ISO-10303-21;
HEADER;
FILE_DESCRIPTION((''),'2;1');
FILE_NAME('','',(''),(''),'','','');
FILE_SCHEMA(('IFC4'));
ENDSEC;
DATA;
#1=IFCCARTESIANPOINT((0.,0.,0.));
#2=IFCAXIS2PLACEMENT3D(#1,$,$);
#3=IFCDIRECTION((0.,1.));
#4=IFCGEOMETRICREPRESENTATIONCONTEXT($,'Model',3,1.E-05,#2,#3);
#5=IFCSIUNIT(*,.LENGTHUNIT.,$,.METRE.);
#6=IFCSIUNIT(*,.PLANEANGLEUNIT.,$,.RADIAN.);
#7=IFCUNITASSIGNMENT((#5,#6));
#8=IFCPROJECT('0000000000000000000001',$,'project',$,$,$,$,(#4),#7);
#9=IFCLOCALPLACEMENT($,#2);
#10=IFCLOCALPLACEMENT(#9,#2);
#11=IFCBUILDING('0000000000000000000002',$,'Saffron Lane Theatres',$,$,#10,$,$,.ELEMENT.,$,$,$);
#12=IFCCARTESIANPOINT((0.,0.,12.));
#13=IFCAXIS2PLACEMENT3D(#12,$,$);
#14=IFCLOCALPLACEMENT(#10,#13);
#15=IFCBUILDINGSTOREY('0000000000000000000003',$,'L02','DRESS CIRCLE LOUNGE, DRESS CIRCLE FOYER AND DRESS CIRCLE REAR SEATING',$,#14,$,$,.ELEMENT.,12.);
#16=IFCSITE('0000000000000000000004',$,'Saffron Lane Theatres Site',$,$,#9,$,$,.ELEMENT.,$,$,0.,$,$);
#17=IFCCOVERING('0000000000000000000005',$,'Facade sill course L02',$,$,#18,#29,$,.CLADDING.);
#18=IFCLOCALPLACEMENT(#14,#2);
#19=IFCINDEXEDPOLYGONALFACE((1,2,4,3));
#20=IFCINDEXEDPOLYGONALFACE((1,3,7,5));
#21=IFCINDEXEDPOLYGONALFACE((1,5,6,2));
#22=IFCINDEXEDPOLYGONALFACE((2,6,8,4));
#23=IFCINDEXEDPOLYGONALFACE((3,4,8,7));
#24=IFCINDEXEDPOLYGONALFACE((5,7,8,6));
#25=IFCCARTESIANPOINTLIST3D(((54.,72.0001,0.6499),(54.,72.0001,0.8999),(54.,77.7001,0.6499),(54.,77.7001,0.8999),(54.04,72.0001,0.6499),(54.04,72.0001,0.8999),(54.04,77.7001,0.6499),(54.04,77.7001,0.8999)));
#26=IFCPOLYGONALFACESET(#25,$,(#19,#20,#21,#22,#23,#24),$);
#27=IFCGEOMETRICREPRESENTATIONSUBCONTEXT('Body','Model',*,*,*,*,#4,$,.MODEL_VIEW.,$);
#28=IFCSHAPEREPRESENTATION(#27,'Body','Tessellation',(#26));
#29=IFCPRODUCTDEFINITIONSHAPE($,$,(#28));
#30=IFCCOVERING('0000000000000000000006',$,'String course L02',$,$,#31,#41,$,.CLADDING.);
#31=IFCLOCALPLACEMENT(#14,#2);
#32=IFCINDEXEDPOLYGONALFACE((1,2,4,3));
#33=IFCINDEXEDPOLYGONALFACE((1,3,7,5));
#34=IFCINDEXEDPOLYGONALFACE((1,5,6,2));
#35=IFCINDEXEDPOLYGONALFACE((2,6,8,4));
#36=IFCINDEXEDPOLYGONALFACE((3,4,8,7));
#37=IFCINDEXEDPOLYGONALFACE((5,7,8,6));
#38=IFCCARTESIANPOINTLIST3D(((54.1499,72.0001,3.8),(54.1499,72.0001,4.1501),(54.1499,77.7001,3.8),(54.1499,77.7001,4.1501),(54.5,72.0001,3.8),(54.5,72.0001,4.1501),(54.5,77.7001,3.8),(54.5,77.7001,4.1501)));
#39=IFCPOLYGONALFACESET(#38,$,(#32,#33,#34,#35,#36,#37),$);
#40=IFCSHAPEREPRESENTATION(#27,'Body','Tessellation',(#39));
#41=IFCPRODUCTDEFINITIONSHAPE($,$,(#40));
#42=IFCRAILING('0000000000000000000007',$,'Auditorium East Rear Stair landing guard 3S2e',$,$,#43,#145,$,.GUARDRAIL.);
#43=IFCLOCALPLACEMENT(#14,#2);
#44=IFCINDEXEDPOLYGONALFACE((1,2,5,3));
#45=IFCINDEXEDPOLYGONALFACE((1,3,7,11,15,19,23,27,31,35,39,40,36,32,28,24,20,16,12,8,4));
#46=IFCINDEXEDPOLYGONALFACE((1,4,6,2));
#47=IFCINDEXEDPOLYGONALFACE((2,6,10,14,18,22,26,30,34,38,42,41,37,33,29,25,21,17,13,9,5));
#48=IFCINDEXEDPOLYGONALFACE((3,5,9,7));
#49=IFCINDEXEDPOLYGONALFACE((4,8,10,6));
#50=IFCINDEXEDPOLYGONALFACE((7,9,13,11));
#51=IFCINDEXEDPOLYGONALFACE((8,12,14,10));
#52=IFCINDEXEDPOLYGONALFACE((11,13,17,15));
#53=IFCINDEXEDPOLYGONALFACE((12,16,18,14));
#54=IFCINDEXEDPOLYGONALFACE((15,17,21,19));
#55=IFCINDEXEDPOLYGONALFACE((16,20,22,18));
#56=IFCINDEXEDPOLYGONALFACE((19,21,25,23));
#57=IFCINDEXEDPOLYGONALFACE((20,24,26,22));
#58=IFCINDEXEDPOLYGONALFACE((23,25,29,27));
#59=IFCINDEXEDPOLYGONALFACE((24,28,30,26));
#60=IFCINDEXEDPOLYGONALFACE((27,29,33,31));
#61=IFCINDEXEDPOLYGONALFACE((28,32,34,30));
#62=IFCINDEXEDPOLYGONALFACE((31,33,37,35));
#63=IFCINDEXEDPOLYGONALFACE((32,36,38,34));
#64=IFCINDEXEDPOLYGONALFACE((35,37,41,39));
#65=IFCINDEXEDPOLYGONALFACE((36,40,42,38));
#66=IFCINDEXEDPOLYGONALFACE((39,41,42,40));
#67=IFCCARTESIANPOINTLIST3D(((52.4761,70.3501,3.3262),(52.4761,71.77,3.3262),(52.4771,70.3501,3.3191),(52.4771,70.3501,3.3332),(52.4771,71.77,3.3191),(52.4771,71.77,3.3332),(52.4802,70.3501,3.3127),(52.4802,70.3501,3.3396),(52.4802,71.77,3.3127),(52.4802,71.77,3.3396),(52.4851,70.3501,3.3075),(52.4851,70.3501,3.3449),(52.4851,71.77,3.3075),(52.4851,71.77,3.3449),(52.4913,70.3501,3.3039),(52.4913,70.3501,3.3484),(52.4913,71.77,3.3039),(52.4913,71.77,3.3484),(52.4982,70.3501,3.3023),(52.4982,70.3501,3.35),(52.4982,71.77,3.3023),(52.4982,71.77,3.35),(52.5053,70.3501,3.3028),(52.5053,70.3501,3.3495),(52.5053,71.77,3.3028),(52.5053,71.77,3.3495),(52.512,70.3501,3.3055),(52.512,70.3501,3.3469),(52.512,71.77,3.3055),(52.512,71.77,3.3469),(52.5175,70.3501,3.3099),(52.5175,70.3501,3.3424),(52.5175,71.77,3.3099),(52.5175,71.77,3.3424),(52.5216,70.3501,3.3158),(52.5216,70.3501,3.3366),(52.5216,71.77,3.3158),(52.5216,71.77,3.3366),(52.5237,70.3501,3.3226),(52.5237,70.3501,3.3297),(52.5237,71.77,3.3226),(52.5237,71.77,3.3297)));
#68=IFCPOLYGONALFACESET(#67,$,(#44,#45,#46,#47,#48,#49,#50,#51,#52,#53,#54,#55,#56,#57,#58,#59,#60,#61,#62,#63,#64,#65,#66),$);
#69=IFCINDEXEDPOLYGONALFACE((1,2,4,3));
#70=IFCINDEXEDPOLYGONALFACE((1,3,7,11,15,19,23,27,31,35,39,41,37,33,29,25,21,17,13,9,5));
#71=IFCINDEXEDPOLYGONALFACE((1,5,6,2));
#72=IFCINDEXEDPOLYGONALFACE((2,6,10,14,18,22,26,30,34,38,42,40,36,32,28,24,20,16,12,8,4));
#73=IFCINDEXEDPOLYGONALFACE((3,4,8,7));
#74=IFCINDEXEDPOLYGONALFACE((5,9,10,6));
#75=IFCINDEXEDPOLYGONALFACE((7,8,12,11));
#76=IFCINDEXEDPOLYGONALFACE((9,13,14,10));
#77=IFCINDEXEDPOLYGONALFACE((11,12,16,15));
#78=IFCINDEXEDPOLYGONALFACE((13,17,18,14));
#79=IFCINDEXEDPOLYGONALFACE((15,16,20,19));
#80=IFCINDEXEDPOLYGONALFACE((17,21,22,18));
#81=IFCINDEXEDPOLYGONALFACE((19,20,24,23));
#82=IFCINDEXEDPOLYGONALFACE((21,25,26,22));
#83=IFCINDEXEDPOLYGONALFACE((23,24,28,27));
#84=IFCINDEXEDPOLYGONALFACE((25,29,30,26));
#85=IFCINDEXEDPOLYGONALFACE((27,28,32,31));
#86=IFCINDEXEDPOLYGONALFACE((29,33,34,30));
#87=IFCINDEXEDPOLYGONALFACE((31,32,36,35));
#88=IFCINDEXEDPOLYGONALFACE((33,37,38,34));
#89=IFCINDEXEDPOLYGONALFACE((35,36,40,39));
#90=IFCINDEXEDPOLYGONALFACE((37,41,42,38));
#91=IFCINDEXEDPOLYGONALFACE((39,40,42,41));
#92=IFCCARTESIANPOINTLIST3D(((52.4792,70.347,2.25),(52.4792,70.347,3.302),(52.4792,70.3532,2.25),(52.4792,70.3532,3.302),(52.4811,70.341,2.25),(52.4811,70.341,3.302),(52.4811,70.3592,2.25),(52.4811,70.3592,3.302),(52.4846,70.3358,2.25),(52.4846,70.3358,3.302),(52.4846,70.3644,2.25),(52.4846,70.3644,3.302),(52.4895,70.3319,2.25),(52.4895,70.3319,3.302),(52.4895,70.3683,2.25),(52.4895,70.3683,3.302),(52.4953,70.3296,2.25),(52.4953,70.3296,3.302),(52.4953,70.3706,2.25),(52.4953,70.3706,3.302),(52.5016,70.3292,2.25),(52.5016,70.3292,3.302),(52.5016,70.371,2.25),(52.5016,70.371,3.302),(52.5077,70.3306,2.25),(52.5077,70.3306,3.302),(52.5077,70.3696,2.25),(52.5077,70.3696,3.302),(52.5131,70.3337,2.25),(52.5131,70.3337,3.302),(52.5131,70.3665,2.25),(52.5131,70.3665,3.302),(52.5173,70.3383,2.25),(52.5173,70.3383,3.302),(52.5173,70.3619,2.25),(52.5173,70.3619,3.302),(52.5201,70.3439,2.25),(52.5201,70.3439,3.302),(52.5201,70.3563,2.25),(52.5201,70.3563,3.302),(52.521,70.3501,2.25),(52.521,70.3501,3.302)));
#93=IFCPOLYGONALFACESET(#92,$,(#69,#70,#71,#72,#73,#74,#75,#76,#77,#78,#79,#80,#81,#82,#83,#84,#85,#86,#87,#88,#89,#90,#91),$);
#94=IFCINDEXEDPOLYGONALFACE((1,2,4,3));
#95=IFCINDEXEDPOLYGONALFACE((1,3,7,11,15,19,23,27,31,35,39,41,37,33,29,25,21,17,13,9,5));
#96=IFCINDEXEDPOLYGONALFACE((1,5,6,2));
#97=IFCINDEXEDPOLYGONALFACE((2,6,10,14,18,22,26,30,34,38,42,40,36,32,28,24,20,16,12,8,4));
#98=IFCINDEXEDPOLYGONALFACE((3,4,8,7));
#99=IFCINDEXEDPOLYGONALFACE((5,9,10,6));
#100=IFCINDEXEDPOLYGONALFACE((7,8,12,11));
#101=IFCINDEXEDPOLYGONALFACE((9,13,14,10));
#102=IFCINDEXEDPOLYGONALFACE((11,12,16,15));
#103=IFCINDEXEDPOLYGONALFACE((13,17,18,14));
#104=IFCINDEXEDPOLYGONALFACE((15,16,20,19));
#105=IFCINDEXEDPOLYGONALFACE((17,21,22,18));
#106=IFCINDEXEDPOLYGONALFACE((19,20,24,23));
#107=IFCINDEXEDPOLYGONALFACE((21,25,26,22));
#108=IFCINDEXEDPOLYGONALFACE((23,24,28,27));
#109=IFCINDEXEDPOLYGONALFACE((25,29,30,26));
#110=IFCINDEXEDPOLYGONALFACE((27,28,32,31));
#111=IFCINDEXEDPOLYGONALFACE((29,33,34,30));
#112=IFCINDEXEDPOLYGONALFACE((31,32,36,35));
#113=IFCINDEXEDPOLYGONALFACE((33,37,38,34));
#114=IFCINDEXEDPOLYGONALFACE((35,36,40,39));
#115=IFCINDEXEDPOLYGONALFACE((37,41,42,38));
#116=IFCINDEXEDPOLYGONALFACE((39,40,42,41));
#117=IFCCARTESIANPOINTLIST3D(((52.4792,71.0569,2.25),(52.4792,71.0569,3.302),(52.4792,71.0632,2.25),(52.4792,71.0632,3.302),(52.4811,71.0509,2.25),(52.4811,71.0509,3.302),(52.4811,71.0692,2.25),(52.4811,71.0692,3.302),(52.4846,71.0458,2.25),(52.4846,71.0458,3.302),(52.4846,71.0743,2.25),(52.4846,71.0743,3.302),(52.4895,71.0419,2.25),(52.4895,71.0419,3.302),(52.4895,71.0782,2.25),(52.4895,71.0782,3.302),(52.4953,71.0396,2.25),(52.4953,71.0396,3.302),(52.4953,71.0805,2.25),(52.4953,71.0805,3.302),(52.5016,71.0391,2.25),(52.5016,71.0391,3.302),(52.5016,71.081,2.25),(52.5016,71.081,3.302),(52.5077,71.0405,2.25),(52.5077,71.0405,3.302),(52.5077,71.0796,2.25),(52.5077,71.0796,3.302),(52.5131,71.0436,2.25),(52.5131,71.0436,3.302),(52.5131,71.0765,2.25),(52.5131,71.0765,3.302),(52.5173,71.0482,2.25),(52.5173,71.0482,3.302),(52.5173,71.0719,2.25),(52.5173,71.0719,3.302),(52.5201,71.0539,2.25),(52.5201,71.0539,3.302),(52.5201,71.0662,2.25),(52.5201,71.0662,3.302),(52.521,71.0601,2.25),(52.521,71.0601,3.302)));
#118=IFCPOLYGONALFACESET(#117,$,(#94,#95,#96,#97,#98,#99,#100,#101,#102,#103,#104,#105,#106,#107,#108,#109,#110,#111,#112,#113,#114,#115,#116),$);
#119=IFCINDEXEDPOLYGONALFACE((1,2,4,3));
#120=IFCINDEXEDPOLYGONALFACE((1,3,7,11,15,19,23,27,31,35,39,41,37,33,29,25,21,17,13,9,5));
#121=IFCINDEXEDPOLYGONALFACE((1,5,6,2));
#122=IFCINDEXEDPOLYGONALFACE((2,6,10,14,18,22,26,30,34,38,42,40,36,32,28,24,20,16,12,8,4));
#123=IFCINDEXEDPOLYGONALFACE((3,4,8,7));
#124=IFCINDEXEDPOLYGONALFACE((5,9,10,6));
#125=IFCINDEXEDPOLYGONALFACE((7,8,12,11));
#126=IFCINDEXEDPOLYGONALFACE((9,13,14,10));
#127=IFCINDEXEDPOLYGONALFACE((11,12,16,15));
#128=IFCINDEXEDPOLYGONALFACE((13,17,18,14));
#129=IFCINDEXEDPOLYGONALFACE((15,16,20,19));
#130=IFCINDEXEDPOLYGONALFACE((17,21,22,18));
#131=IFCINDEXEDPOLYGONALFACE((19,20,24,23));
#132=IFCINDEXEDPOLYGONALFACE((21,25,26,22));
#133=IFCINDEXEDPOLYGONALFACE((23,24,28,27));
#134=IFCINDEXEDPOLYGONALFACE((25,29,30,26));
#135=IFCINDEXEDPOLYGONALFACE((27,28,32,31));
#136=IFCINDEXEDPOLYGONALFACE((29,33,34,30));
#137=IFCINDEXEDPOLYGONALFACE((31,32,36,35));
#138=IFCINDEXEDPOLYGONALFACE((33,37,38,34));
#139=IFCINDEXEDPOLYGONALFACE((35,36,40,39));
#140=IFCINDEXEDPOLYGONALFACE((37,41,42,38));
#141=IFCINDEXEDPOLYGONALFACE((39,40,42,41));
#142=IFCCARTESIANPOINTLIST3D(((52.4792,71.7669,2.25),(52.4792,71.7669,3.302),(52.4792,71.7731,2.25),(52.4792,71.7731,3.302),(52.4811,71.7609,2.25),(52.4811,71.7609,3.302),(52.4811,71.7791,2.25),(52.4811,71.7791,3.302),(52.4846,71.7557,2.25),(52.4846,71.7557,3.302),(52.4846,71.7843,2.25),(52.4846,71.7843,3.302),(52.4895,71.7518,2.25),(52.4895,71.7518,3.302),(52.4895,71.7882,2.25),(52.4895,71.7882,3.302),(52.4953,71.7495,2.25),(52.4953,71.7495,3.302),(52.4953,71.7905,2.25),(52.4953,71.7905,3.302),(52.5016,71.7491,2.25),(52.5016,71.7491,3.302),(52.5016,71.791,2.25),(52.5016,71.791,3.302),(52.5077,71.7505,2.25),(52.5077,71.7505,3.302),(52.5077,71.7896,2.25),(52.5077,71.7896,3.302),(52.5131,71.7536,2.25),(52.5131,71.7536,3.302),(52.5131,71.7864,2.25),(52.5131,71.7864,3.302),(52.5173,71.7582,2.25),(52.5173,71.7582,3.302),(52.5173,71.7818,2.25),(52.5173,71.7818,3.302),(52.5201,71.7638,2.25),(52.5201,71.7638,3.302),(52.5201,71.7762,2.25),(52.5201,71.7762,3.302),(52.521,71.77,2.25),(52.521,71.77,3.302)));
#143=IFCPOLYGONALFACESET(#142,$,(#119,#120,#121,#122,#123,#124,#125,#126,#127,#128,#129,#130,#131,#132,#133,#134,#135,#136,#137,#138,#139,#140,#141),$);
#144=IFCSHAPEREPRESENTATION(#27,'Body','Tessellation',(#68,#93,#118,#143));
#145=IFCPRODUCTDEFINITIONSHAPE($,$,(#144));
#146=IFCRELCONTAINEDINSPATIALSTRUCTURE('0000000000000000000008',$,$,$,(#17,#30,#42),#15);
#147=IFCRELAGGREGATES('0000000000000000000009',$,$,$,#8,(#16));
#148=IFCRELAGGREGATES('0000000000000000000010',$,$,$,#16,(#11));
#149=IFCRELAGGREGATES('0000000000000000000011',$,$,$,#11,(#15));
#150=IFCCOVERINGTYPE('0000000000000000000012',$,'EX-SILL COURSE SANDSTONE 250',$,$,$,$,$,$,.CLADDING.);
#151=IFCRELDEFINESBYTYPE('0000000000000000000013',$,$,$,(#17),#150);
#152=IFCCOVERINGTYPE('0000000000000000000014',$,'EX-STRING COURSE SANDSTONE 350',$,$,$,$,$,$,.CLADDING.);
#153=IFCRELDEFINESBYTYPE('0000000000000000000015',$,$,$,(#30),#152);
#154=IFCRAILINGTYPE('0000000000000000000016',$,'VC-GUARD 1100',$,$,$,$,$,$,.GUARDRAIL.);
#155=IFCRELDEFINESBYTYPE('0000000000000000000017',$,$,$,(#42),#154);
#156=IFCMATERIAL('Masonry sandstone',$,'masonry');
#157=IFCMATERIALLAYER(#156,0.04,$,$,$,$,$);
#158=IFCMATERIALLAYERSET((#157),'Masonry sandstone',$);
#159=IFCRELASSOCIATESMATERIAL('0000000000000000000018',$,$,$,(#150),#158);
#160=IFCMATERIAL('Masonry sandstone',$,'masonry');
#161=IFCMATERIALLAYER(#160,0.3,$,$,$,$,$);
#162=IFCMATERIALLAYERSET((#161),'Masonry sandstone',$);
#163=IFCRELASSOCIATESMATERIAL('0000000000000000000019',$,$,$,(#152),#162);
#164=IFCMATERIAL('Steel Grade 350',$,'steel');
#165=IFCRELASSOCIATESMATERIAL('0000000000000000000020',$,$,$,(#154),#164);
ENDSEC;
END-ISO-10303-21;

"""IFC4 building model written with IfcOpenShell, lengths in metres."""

from ifc_helpers import new_model, si_unit, direction, frame, origin, origin_2d, place, context, subcontext, project, spatial, rectangle, circle, extrude, material, layer, layer_set, type_object, element, save


model = new_model("IFC4")

# Units and contexts
model_context = context("Model", 3, precision=1e-05, world=origin(), true_north=direction((0.0, 1.0)))
body_context = subcontext(model_context, "Body", "Model", "MODEL_VIEW")
ifc_project = project(units=[si_unit("LENGTHUNIT", "METRE"), si_unit("PLANEANGLEUNIT", "RADIAN")], contexts=[model_context])

# Site, building, storey
site_placement = place(None, origin())
site = spatial("IfcSite", under=ifc_project, at=site_placement, Name="Saffron Lane Theatres Site", CompositionType="ELEMENT", RefElevation=0.0)
building_placement = place(site_placement, origin())
building = spatial("IfcBuilding", under=site, at=building_placement, Name="Saffron Lane Theatres", CompositionType="ELEMENT")
storey_placement = place(building_placement, frame((0.0, 0.0, 12.0)))
storey = spatial("IfcBuildingStorey", under=building, at=storey_placement, Name="L02", Description="DRESS CIRCLE LOUNGE, DRESS CIRCLE FOYER AND DRESS CIRCLE REAR SEATING", CompositionType="ELEMENT", Elevation=12.0)

# Coverings
ifc_material_1 = material(Name="Masonry sandstone", Category="masonry")
ifc_layer_1 = layer(ifc_material_1, 0.04)
ifc_layer_set_1 = layer_set([ifc_layer_1], Name="Masonry sandstone")
covering_type_1 = type_object("IfcCoveringType", Name="EX-SILL COURSE SANDSTONE 250", PredefinedType="CLADDING", material=ifc_layer_set_1)
covering_1_placement = place(storey_placement, frame((54.02, 74.8501, 0.6499), z_axis=(0.0, 0.0, 1.0), x_axis=(0.0, -1.0, 0.0)))
element("IfcCovering", 1, at=covering_1_placement, inside=storey, type_object=covering_type_1, Name="Facade sill course L02", PredefinedType="CLADDING", context=body_context, shape_type="SweptSolid", body=[
    extrude(rectangle(XDim=5.7, YDim=0.04, at=origin_2d()), origin(), (0.0, 0.0, 1.0), 0.25),
])
ifc_material_2 = material(Name="Masonry sandstone", Category="masonry")
ifc_layer_2 = layer(ifc_material_2, 0.3)
ifc_layer_set_2 = layer_set([ifc_layer_2], Name="Masonry sandstone")
covering_type_2 = type_object("IfcCoveringType", Name="EX-STRING COURSE SANDSTONE 350", PredefinedType="CLADDING", material=ifc_layer_set_2)
covering_2_placement = place(storey_placement, frame((54.325, 74.8501, 3.8), z_axis=(0.0, 0.0, 1.0), x_axis=(0.0, -1.0, 0.0)))
element("IfcCovering", 2, at=covering_2_placement, inside=storey, type_object=covering_type_2, Name="String course L02", PredefinedType="CLADDING", context=body_context, shape_type="SweptSolid", body=[
    extrude(rectangle(XDim=5.7, YDim=0.3501, at=origin_2d()), origin(), (0.0, 0.0, 1.0), 0.3501),
])

# Railing
ifc_material_3 = material(Name="Steel Grade 350", Category="steel")
railing_type_1 = type_object("IfcRailingType", Name="VC-GUARD 1100", PredefinedType="GUARDRAIL", material=ifc_material_3)
railing_1_placement = place(storey_placement, frame((52.5, 70.3501, 2.25)))
element("IfcRailing", 3, at=railing_1_placement, inside=storey, type_object=railing_type_1, Name="Auditorium East Rear Stair landing guard 3S2e", PredefinedType="GUARDRAIL", context=body_context, shape_type="SweptSolid", body=[
    extrude(circle(Radius=0.0239, at=origin_2d()), frame((0.0, 0.0, 1.0762), z_axis=(0.0, 1.0, 0.0), x_axis=(-1.0, 0.0, 0.0)), (0.0, 0.0, 1.0), 1.4199),
    extrude(circle(Radius=0.021, at=origin_2d()), origin(), (0.0, 0.0, 1.0), 1.052),
    extrude(circle(Radius=0.021, at=origin_2d()), frame((0.0, 0.71, 0.0)), (0.0, 0.0, 1.0), 1.052),
    extrude(circle(Radius=0.021, at=origin_2d()), frame((0.0, 1.4199, 0.0)), (0.0, 0.0, 1.0), 1.052),
])

save(model, "model.ifc")
